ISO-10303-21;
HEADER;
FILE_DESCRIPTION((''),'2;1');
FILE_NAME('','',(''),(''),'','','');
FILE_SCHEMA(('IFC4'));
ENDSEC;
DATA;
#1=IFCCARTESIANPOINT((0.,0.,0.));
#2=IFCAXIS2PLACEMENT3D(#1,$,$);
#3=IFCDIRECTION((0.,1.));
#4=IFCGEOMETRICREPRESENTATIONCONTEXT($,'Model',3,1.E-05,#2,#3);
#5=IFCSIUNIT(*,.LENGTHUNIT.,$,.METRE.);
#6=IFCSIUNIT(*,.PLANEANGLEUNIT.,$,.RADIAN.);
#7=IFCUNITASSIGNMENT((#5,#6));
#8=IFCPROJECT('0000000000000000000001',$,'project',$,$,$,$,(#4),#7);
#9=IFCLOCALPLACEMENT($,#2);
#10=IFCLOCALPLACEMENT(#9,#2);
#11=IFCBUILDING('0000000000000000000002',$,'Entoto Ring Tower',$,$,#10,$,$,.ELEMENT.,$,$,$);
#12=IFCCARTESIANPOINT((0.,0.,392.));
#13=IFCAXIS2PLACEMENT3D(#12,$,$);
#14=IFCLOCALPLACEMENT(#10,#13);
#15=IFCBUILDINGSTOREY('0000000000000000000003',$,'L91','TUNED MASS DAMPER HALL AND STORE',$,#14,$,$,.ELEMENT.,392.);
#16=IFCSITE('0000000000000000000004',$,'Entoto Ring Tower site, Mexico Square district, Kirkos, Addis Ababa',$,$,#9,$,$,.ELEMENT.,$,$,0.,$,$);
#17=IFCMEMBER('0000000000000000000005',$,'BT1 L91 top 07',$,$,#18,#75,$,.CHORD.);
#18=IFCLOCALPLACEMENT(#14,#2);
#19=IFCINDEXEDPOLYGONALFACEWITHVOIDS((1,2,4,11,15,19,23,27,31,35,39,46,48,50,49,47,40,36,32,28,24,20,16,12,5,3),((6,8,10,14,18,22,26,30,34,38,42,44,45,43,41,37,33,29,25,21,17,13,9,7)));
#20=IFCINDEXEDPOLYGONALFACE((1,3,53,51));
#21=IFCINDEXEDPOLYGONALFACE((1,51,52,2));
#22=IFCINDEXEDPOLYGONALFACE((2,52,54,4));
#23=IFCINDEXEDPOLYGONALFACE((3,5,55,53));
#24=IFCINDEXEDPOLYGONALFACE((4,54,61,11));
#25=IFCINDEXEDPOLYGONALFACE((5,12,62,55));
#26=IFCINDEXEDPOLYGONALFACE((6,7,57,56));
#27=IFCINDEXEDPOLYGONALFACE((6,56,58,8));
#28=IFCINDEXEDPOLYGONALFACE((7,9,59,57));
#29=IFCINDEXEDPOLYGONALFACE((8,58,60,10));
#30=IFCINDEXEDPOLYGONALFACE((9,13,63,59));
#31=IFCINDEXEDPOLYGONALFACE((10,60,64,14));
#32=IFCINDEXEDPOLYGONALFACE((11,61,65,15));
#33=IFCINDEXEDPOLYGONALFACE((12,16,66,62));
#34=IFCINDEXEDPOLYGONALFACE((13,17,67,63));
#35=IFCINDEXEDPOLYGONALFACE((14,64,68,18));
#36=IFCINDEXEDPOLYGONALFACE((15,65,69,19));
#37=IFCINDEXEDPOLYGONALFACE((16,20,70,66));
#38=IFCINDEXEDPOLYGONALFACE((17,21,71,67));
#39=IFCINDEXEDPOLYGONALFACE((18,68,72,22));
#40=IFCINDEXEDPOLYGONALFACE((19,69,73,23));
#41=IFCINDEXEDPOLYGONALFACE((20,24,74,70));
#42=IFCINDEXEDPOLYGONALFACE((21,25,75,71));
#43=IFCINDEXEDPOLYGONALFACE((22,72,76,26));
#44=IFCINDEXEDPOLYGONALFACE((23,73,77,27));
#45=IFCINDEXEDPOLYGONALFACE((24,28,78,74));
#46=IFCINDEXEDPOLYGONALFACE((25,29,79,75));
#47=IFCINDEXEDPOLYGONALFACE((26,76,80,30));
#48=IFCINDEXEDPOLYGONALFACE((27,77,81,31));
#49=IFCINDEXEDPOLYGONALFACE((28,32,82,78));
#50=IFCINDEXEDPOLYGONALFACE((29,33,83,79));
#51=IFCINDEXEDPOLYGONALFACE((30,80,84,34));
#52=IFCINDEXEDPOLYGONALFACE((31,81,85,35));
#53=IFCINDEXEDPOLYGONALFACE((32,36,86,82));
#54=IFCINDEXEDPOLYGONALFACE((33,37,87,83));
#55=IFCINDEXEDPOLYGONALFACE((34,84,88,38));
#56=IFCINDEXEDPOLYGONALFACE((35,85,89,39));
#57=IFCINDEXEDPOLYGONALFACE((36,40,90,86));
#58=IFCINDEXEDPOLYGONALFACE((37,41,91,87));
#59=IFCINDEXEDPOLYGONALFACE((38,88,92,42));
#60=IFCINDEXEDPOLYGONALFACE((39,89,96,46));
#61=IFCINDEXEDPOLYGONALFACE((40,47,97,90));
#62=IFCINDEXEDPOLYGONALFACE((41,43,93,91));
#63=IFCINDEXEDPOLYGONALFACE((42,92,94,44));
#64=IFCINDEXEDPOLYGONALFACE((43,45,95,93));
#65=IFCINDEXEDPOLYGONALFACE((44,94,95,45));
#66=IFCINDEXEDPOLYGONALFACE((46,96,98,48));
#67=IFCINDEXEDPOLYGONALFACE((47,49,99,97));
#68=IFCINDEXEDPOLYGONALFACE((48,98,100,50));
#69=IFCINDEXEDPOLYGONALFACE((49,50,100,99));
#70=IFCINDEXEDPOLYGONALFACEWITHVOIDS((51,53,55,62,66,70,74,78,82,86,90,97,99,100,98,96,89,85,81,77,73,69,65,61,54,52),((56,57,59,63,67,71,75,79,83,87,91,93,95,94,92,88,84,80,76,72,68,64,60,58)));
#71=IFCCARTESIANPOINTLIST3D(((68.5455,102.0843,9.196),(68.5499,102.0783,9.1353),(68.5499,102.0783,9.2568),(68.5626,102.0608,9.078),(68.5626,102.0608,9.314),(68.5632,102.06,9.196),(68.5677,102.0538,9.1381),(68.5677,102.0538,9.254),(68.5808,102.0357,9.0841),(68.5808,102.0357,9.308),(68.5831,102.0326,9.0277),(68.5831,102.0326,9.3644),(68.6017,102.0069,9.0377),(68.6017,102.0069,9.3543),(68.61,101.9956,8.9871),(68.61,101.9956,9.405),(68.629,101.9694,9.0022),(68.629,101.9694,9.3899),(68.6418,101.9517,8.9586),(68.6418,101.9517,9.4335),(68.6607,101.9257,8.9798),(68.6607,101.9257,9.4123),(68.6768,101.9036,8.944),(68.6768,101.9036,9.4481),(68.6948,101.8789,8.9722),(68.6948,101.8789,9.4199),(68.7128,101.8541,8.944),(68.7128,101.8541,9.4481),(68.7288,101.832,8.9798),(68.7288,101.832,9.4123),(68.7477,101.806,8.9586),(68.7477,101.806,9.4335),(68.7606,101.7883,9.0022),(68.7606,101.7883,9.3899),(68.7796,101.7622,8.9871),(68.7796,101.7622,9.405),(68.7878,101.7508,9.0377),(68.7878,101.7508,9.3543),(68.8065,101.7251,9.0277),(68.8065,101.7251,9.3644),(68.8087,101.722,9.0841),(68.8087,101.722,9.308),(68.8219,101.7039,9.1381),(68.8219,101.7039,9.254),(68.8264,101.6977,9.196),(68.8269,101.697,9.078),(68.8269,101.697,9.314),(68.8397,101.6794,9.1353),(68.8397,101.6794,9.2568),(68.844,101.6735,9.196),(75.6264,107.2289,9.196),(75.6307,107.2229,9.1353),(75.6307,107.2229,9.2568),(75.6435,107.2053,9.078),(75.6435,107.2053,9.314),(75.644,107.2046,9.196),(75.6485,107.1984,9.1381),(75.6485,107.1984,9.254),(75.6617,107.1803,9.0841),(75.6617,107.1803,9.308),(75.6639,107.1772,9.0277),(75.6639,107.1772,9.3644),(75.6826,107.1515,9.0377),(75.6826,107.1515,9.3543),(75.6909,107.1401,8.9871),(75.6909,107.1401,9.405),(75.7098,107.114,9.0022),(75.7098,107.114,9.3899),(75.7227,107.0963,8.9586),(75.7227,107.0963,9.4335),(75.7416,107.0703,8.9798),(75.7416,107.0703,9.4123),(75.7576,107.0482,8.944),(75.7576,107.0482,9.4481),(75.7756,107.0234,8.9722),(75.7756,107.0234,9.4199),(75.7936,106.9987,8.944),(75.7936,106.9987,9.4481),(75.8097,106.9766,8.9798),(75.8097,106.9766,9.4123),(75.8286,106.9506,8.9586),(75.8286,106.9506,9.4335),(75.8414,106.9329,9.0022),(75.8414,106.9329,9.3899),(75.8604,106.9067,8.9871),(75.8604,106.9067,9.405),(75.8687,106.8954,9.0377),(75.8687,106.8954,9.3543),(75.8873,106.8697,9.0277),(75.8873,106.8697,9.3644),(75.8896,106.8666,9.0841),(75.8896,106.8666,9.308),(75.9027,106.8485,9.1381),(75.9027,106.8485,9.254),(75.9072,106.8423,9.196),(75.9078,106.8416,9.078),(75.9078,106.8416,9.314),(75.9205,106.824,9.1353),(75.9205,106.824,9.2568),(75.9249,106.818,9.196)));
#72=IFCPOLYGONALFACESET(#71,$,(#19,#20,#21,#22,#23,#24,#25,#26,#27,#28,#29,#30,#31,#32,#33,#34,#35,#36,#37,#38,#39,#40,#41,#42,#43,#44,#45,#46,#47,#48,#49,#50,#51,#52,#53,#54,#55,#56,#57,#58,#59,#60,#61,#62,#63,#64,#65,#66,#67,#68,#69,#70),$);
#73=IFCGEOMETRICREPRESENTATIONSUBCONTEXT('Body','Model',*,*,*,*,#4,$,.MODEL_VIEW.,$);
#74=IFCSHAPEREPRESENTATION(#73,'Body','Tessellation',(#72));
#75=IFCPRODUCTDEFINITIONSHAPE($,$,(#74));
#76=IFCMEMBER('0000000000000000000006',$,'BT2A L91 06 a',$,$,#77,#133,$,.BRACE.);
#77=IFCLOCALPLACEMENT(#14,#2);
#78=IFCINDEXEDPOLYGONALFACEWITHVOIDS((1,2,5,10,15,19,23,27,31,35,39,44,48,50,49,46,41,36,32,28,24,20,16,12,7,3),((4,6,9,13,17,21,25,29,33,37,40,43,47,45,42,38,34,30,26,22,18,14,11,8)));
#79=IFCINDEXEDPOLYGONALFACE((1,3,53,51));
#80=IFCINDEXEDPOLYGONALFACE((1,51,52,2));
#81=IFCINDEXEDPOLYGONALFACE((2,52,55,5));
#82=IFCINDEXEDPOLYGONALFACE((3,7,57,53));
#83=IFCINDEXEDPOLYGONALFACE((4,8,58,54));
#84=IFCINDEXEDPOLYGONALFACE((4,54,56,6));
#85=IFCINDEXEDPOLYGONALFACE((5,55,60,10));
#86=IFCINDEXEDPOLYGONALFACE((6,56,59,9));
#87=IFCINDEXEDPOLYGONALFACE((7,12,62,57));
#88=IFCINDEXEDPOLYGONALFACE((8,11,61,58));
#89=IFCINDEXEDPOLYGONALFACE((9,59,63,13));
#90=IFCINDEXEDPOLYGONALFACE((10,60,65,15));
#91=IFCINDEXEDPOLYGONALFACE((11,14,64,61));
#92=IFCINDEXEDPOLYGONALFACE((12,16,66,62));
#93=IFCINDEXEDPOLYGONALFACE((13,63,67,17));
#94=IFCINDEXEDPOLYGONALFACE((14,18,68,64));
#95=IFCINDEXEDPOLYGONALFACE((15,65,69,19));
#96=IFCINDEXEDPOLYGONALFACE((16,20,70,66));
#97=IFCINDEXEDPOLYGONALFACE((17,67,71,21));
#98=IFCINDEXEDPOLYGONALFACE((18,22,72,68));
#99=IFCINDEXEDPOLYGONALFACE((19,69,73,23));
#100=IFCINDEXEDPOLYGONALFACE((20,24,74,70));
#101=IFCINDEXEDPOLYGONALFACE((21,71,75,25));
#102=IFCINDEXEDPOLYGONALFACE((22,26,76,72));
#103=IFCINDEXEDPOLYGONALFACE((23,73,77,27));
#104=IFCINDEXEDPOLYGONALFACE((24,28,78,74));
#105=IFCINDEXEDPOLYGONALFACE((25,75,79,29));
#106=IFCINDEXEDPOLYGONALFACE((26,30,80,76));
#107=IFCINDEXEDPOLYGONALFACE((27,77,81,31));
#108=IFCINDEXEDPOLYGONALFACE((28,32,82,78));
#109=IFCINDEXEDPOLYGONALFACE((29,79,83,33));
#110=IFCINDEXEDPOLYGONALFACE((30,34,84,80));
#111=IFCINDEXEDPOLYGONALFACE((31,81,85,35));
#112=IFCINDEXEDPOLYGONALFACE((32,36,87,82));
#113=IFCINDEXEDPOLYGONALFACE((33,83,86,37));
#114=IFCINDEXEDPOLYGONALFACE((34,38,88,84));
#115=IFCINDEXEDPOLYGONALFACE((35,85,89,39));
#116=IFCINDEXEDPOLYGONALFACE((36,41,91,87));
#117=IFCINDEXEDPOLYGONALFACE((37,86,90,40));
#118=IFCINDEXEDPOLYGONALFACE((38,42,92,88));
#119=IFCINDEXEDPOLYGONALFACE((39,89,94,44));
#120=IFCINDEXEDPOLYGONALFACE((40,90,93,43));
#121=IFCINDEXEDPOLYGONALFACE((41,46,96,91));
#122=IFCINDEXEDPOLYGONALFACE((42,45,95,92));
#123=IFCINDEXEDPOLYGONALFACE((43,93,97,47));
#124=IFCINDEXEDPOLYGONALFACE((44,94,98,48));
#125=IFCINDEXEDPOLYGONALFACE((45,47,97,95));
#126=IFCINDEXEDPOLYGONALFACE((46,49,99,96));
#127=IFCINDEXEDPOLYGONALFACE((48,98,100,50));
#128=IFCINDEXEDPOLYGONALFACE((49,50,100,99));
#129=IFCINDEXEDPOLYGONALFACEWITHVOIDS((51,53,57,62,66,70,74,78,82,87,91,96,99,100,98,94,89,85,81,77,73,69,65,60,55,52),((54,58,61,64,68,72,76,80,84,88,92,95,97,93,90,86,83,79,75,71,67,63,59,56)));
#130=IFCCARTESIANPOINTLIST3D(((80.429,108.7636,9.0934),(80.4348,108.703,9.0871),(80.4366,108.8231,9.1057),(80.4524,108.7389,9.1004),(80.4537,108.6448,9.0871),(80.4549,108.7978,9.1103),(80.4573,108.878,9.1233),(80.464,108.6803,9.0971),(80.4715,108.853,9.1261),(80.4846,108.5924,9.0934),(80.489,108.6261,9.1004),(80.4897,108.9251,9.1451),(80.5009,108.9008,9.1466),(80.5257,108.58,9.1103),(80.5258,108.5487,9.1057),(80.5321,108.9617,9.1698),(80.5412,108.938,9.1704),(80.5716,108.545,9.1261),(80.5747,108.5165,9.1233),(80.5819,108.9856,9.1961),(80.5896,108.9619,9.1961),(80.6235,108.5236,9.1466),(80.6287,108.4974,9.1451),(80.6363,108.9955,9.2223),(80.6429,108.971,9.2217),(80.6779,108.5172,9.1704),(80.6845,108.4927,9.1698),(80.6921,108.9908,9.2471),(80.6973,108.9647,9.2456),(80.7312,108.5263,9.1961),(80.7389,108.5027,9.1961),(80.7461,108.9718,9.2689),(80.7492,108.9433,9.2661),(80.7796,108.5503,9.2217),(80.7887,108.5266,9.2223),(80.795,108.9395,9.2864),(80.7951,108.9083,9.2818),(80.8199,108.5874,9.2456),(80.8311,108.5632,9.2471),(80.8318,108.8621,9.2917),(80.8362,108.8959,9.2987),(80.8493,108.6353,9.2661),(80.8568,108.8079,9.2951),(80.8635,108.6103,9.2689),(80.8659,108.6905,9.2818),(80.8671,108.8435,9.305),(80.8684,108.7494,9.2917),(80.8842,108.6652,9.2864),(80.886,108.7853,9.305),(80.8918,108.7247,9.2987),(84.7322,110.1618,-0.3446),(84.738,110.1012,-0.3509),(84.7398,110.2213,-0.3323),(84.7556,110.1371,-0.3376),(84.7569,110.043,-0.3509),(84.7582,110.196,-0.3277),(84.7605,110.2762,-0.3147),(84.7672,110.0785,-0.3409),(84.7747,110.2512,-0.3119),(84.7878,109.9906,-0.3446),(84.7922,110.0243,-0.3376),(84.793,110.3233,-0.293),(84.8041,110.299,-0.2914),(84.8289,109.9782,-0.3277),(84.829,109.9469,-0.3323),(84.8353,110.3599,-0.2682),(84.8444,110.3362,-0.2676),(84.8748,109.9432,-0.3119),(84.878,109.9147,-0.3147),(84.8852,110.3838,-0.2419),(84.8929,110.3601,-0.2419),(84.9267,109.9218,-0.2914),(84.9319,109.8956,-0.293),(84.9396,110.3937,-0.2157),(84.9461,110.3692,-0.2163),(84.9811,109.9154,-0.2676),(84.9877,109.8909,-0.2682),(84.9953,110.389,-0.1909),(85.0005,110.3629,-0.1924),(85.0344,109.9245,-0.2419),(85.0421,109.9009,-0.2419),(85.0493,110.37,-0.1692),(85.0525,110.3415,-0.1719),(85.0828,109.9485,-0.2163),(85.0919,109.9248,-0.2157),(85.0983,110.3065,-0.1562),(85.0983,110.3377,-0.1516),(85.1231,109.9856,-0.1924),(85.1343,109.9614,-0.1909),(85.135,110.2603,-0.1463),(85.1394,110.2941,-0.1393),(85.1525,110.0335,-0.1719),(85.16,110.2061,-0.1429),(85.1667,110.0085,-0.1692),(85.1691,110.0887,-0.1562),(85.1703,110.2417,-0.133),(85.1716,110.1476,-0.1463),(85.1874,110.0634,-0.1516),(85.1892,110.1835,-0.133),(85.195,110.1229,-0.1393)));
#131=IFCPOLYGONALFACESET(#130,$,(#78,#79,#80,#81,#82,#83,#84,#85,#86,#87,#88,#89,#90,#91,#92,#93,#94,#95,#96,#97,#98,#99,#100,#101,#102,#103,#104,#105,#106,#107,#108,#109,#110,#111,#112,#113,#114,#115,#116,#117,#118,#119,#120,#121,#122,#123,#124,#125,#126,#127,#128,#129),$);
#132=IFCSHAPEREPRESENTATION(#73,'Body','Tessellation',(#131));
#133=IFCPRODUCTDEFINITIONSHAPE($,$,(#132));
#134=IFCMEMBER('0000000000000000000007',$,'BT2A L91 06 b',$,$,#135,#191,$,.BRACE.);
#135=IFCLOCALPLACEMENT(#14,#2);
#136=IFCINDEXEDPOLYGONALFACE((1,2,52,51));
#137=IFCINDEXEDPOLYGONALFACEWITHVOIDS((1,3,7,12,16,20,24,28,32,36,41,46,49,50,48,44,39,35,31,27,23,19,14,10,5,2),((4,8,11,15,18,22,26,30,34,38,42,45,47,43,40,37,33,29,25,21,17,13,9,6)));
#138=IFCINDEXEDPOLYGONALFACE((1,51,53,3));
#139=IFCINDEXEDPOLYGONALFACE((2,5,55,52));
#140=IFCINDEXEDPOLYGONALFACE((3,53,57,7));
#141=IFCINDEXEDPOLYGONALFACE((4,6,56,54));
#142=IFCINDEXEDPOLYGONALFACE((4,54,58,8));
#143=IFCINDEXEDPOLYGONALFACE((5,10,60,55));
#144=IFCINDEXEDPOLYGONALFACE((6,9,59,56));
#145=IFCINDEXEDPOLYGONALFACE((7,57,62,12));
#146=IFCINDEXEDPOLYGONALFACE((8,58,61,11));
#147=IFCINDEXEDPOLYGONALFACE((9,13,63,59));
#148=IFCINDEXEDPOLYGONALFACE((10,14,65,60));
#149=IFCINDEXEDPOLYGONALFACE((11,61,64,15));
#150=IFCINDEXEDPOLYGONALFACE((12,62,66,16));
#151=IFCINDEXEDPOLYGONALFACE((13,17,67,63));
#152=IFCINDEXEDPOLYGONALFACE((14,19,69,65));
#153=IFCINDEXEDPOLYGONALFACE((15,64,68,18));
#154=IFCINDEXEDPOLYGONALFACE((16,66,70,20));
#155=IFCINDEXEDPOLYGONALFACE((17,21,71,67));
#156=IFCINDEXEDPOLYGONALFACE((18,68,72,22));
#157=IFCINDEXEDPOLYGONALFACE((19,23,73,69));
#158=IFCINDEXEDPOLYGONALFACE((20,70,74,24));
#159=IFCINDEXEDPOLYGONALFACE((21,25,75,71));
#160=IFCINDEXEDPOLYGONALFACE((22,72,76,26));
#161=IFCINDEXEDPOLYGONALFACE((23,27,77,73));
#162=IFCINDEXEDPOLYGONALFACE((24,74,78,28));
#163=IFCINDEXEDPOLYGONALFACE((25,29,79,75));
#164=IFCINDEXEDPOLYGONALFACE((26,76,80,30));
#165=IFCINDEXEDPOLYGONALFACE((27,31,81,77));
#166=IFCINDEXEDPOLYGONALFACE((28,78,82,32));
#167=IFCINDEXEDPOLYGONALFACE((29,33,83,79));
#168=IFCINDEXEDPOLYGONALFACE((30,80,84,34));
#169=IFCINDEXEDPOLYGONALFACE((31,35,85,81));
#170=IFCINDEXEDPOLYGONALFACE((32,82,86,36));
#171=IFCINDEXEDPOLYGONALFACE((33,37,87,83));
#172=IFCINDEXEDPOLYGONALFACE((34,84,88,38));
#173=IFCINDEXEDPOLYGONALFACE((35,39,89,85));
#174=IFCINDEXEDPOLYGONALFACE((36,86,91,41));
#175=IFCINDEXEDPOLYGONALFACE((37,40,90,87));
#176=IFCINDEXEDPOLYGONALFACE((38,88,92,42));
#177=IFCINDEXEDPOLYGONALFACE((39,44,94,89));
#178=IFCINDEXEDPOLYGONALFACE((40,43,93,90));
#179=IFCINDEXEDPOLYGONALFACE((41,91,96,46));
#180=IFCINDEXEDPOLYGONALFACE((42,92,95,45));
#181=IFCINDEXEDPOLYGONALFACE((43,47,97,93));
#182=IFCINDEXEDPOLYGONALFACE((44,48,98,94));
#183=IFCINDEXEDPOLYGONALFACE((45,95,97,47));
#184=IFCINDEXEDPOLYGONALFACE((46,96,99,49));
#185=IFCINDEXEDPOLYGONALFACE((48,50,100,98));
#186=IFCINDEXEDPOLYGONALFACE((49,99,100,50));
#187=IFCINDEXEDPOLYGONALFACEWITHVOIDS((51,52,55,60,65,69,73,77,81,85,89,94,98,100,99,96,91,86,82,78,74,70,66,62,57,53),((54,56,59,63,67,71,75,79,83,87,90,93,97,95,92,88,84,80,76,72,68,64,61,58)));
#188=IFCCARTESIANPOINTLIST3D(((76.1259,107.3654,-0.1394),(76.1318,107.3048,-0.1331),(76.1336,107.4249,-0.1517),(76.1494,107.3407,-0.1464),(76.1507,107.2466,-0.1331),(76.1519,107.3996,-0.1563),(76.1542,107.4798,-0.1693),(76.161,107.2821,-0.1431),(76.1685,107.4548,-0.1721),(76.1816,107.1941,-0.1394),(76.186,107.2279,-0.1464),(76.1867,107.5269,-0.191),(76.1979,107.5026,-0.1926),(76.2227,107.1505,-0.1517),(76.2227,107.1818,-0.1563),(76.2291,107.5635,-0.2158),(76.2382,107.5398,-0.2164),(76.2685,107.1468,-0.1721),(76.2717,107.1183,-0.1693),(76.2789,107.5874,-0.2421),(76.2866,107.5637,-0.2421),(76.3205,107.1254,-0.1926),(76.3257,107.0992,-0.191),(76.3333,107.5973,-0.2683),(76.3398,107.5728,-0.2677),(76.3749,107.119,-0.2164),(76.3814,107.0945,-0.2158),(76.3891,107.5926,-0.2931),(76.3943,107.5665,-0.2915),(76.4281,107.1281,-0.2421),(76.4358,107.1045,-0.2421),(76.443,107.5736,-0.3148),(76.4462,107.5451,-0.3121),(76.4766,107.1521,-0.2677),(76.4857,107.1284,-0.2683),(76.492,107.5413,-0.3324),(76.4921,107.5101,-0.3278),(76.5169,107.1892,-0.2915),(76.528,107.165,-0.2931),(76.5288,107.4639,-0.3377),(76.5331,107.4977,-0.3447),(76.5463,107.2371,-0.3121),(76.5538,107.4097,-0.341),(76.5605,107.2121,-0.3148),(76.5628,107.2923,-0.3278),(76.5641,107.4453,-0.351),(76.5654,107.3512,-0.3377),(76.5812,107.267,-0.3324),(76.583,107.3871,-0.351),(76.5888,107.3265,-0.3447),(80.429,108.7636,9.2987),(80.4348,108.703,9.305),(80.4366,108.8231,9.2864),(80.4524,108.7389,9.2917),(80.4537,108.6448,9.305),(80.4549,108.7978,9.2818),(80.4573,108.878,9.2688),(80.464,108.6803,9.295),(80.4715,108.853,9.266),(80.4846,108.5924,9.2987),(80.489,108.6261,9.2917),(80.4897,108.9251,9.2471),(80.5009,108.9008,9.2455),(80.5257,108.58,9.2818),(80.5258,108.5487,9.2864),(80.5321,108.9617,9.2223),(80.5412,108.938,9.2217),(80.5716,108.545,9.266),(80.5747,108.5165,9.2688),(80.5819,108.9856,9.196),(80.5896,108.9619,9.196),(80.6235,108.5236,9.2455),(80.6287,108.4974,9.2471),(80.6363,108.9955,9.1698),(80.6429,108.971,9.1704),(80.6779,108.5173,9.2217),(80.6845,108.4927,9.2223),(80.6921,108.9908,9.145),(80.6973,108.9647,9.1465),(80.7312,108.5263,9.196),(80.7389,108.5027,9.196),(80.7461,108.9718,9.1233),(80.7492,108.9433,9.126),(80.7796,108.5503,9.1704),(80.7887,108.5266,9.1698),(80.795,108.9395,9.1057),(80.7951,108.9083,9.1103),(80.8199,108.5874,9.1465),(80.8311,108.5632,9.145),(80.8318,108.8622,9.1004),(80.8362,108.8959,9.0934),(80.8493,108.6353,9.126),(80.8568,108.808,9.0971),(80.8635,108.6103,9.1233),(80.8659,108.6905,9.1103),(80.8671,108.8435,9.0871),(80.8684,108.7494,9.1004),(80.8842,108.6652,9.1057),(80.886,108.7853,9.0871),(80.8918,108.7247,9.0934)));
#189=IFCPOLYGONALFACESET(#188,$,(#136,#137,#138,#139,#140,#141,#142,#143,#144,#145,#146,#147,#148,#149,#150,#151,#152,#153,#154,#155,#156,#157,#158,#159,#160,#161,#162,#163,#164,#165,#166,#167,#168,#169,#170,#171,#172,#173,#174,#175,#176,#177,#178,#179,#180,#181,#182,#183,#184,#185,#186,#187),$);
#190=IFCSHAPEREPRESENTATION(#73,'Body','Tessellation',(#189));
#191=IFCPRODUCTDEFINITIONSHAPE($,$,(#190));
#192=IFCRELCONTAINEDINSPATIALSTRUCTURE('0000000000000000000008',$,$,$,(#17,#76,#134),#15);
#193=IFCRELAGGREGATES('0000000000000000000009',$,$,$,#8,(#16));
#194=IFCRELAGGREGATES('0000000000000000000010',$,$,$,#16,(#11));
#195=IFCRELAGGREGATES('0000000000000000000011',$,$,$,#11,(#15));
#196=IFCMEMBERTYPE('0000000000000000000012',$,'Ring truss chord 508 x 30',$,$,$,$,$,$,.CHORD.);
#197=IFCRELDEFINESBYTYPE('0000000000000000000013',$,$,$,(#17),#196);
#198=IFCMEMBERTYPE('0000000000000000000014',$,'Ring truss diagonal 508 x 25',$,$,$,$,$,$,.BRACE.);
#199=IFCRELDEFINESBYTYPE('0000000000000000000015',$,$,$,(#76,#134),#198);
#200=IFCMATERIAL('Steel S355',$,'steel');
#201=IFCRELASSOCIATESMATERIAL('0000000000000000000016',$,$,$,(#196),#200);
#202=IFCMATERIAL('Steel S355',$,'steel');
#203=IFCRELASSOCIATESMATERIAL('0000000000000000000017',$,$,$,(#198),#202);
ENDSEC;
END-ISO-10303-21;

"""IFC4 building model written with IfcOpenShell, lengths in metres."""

from ifc_helpers import new_model, si_unit, direction, frame, origin, origin_2d, place, context, subcontext, project, spatial, circle, hollow_circle, extrude, material, material_profile, profile_set, type_object, element, save


model = new_model("IFC4")

# Units and contexts
model_context = context("Model", 3, precision=1e-05, world=origin(), true_north=direction((0.0, 1.0)))
body_context = subcontext(model_context, "Body", "Model", "MODEL_VIEW")
ifc_project = project(units=[si_unit("LENGTHUNIT", "METRE"), si_unit("PLANEANGLEUNIT", "RADIAN")], contexts=[model_context])

# Site, building, storey
site_placement = place(None, origin())
site = spatial("IfcSite", under=ifc_project, at=site_placement, Name="Entoto Ring Tower site, Mexico Square district, Kirkos, Addis Ababa", CompositionType="ELEMENT", RefElevation=0.0)
building_placement = place(site_placement, origin())
building = spatial("IfcBuilding", under=site, at=building_placement, Name="Entoto Ring Tower", CompositionType="ELEMENT")
storey_placement = place(building_placement, frame((0.0, 0.0, 392.0)))
storey = spatial("IfcBuildingStorey", under=building, at=storey_placement, Name="L91", Description="TUNED MASS DAMPER HALL AND STORE", CompositionType="ELEMENT", Elevation=392.0)

# Members
ifc_material_1 = material(Name="Steel S355", Category="steel")
ifc_material_profile_1 = material_profile(ifc_material_1, hollow_circle(Radius=0.2539, WallThickness=0.03, at=origin_2d()), Name="CHS 508 x 30")
ifc_material_2 = material(Name="Concrete C60/75", Category="concrete")
ifc_material_profile_2 = material_profile(ifc_material_2, circle(Radius=0.2241, at=origin_2d()), Name="Concrete C60/75 infill")
ifc_profile_set_1 = profile_set([ifc_material_profile_1, ifc_material_profile_2], Name="Steel S355")
member_type_1 = type_object("IfcMemberType", Name="Ring truss chord 508 x 30", PredefinedType="CHORD", material=ifc_profile_set_1)
for number, where, z_axis, x_axis, name in (
    (1, (75.7756, 107.0234, 9.196), (-0.809016, -0.587787, 0.0), (0.587787, -0.809016, 0.0), "BT1 L91 top 07"),
):
    element("IfcMember", number, at=place(storey_placement, frame(where, z_axis=z_axis, x_axis=x_axis)), inside=storey, type_object=member_type_1, Name=name, PredefinedType="CHORD", context=body_context, shape_type="SweptSolid", body=[
        extrude(hollow_circle(Radius=0.2539, WallThickness=0.03, at=origin_2d()), origin(), (0.0, 0.0, 1.0), 8.7524),
    ])
ifc_material_3 = material(Name="Steel S355", Category="steel")
ifc_material_profile_3 = material_profile(ifc_material_3, hollow_circle(Radius=0.2539, WallThickness=0.0249, at=origin_2d()), Name="CHS 508 x 25")
ifc_material_4 = material(Name="Concrete C60/75", Category="concrete")
ifc_material_profile_4 = material_profile(ifc_material_4, circle(Radius=0.229, at=origin_2d()), Name="Concrete C60/75 infill")
ifc_profile_set_2 = profile_set([ifc_material_profile_3, ifc_material_profile_4], Name="Steel S355")
member_type_2 = type_object("IfcMemberType", Name="Ring truss diagonal 508 x 25", PredefinedType="BRACE", material=ifc_profile_set_2)
for number, where, z_axis, x_axis, name in (
    (2, (84.9636, 110.1423, -0.2419), (-0.411141, -0.133587, 0.90173), (0.309015, -0.951057, 0.0), "BT2A L91 06 a"),
    (3, (80.6604, 108.7441, 9.196), (-0.411122, -0.133588, -0.901739), (0.309031, -0.951052, 0.0), "BT2A L91 06 b"),
):
    element("IfcMember", number, at=place(storey_placement, frame(where, z_axis=z_axis, x_axis=x_axis)), inside=storey, type_object=member_type_2, Name=name, PredefinedType="BRACE", context=body_context, shape_type="SweptSolid", body=[
        extrude(hollow_circle(Radius=0.2539, WallThickness=0.0249, at=origin_2d()), origin(), (0.0, 0.0, 1.0), 10.4666),
    ])

save(model, "model.ifc")
